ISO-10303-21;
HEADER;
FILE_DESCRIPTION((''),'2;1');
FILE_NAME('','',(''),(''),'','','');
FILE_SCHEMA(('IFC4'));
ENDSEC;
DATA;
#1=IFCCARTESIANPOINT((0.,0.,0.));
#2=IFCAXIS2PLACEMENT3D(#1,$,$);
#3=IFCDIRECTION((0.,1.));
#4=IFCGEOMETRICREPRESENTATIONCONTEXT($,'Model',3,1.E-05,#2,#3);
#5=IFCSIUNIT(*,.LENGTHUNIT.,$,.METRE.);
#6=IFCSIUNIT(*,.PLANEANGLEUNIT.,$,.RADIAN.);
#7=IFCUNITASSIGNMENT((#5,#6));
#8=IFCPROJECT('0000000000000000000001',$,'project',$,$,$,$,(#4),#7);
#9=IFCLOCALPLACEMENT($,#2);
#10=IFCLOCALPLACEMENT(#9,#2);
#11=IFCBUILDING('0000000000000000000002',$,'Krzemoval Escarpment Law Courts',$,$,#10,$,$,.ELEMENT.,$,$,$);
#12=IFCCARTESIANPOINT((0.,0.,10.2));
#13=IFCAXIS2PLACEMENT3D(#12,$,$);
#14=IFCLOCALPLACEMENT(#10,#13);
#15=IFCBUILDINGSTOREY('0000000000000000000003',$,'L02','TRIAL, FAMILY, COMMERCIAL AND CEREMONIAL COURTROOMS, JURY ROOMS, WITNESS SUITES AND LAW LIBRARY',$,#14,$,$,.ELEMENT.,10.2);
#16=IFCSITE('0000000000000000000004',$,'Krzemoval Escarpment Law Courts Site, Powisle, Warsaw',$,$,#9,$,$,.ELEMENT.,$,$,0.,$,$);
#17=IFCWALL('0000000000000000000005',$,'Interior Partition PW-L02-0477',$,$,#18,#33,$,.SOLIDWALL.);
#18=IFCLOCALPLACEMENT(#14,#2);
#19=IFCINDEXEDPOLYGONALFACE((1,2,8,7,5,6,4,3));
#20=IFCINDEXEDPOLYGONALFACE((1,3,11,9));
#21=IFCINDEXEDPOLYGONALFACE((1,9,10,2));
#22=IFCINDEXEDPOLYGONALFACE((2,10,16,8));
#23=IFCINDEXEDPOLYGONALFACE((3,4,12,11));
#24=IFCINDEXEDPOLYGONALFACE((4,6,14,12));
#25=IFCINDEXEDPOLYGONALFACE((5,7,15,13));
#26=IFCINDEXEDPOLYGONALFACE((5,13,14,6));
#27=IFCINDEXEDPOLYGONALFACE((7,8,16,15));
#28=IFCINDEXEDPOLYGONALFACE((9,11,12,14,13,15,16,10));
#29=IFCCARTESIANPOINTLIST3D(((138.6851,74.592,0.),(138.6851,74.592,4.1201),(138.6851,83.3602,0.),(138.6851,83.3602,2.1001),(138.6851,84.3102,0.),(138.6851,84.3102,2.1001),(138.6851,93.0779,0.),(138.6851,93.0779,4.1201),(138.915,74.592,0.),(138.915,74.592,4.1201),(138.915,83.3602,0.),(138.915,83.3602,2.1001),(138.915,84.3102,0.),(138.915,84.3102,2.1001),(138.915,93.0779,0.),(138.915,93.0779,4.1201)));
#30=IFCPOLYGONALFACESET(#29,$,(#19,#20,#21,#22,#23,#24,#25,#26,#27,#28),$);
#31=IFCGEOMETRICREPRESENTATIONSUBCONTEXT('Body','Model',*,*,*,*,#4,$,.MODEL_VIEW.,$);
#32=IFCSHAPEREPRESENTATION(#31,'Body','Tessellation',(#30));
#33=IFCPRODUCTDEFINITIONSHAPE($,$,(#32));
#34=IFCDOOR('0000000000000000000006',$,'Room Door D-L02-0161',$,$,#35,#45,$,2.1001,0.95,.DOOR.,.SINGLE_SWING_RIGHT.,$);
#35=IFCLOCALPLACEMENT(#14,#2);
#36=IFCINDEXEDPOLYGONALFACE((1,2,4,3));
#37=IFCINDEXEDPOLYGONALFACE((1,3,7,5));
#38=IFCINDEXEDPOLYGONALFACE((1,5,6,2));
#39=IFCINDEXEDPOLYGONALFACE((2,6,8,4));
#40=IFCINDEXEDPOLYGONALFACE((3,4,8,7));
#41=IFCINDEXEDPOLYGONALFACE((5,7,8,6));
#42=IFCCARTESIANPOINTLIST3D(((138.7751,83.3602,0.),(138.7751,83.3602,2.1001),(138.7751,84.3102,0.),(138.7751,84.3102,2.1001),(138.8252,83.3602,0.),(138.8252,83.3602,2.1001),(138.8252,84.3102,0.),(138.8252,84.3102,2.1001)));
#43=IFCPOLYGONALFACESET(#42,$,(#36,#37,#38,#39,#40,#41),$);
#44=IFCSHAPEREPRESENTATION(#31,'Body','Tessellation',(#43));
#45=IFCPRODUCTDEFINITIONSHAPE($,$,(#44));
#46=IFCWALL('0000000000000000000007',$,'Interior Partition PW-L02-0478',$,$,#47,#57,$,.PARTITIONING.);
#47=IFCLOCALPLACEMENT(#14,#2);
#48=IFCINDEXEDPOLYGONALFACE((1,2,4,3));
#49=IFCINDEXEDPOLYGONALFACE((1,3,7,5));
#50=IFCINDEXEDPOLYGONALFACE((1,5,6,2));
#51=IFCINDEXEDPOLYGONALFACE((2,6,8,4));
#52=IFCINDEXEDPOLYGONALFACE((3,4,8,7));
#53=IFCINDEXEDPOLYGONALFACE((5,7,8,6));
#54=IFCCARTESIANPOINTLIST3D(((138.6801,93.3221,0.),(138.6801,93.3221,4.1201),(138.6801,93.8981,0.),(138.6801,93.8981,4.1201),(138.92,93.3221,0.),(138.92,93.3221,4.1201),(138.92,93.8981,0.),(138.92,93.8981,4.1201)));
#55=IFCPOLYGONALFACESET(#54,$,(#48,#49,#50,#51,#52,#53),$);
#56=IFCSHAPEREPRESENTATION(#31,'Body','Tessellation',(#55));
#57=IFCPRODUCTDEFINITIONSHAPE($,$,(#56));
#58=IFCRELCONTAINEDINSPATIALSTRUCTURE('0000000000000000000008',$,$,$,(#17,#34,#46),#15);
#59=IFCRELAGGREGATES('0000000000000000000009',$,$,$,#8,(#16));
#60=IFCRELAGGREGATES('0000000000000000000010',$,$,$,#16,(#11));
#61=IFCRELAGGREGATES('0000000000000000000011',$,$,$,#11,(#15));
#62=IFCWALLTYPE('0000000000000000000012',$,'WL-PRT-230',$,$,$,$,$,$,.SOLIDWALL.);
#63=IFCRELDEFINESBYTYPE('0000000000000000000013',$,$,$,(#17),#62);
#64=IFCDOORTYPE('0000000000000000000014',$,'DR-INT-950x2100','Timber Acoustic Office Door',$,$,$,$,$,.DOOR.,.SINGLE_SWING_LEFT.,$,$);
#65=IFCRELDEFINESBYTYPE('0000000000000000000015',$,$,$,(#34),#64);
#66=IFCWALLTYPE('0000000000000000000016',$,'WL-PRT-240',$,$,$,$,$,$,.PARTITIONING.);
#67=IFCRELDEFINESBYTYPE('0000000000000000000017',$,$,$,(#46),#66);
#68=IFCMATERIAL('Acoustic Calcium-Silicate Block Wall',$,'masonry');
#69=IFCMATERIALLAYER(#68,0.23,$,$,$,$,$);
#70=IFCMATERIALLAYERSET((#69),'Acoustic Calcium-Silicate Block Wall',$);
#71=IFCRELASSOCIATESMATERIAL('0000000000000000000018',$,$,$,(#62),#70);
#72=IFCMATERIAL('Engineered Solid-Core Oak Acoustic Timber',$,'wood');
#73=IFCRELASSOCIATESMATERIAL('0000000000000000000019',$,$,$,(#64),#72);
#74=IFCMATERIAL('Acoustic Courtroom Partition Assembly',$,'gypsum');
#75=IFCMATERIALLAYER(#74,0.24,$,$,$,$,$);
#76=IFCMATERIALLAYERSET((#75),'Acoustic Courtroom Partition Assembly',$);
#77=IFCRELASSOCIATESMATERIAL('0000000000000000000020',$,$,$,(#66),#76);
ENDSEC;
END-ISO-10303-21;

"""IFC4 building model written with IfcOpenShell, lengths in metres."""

from ifc_helpers import new_model, si_unit, direction, frame, frame_2d, origin, place, context, subcontext, project, spatial, rectangle, extrude, material, layer, layer_set, type_object, element, fill, save


model = new_model("IFC4")

# Units and contexts
model_context = context("Model", 3, precision=1e-05, world=origin(), true_north=direction((0.0, 1.0)))
body_context = subcontext(model_context, "Body", "Model", "MODEL_VIEW")
ifc_project = project(units=[si_unit("LENGTHUNIT", "METRE"), si_unit("PLANEANGLEUNIT", "RADIAN")], contexts=[model_context])

# Site, building, storey
site_placement = place(None, origin())
site = spatial("IfcSite", under=ifc_project, at=site_placement, Name="Krzemoval Escarpment Law Courts Site, Powisle, Warsaw", CompositionType="ELEMENT", RefElevation=0.0)
building_placement = place(site_placement, origin())
building = spatial("IfcBuilding", under=site, at=building_placement, Name="Krzemoval Escarpment Law Courts", CompositionType="ELEMENT")
storey_placement = place(building_placement, frame((0.0, 0.0, 10.2)))
storey = spatial("IfcBuildingStorey", under=building, at=storey_placement, Name="L02", Description="TRIAL, FAMILY, COMMERCIAL AND CEREMONIAL COURTROOMS, JURY ROOMS, WITNESS SUITES AND LAW LIBRARY", CompositionType="ELEMENT", Elevation=10.2)

# Wall, opening, door
ifc_material_1 = material(Name="Acoustic Calcium-Silicate Block Wall", Category="masonry")
ifc_layer_1 = layer(ifc_material_1, 0.23)
ifc_layer_set_1 = layer_set([ifc_layer_1], Name="Acoustic Calcium-Silicate Block Wall")
wall_type_1 = type_object("IfcWallType", Name="WL-PRT-230", PredefinedType="SOLIDWALL", material=ifc_layer_set_1)
wall_1_placement = place(storey_placement, frame((138.8, 74.592, 0.0), z_axis=(0.0, 0.0, 1.0), x_axis=(0.0, 1.0, 0.0)))
wall_1 = element("IfcWall", 1, at=wall_1_placement, inside=storey, type_object=wall_type_1, Name="Interior Partition PW-L02-0477", PredefinedType="SOLIDWALL", context=body_context, shape_type="SweptSolid", body=[
    extrude(rectangle(XDim=18.4858, YDim=0.23, at=frame_2d((9.2429, 0.0))), origin(), (0.0, 0.0, 1.0), 4.1201),
])
opening_1_placement = place(wall_1_placement, frame((8.7681, 0.0, 0.0)))
opening_1 = element("IfcOpeningElement", 2, at=opening_1_placement, cuts=wall_1, PredefinedType="OPENING", context=body_context, shape_type="SweptSolid", body=[
    extrude(rectangle(XDim=0.95, YDim=2.1001, at=frame_2d((0.4751, 1.05))), frame((0.0, 0.13, 0.0), z_axis=(0.0, -1.0, 0.0), x_axis=(1.0, 0.0, 0.0)), (0.0, 0.0, 1.0), 0.26),
])
ifc_material_2 = material(Name="Engineered Solid-Core Oak Acoustic Timber", Category="wood")
door_type_1 = type_object("IfcDoorType", Name="DR-INT-950x2100", Description="Timber Acoustic Office Door", OperationType="SINGLE_SWING_LEFT", PredefinedType="DOOR", material=ifc_material_2)
door_1_placement = place(opening_1_placement, origin())
door_1 = element("IfcDoor", 3, at=door_1_placement, inside=storey, type_object=door_type_1, Name="Room Door D-L02-0161", OperationType="SINGLE_SWING_RIGHT", OverallHeight=2.1001, OverallWidth=0.95, PredefinedType="DOOR", context=body_context, shape_type="SweptSolid", body=[
    extrude(rectangle(XDim=0.95, YDim=2.1001, at=frame_2d((0.4751, 1.05))), frame((0.0, 0.0249, 0.0), z_axis=(0.0, -1.0, 0.0), x_axis=(1.0, 0.0, 0.0)), (0.0, 0.0, 1.0), 0.05),
])
fill(opening_1, door_1)

# Wall
ifc_material_3 = material(Name="Acoustic Courtroom Partition Assembly", Category="gypsum")
ifc_layer_2 = layer(ifc_material_3, 0.24)
ifc_layer_set_2 = layer_set([ifc_layer_2], Name="Acoustic Courtroom Partition Assembly")
wall_type_2 = type_object("IfcWallType", Name="WL-PRT-240", PredefinedType="PARTITIONING", material=ifc_layer_set_2)
wall_2_placement = place(storey_placement, frame((138.8, 93.322, 0.0), z_axis=(0.0, 0.0, 1.0), x_axis=(0.0, 1.0, 0.0)))
element("IfcWall", 4, at=wall_2_placement, inside=storey, type_object=wall_type_2, Name="Interior Partition PW-L02-0478", PredefinedType="PARTITIONING", context=body_context, shape_type="SweptSolid", body=[
    extrude(rectangle(XDim=0.5759, YDim=0.24, at=frame_2d((0.2881, 0.0))), origin(), (0.0, 0.0, 1.0), 4.1201),
])

save(model, "model.ifc")
